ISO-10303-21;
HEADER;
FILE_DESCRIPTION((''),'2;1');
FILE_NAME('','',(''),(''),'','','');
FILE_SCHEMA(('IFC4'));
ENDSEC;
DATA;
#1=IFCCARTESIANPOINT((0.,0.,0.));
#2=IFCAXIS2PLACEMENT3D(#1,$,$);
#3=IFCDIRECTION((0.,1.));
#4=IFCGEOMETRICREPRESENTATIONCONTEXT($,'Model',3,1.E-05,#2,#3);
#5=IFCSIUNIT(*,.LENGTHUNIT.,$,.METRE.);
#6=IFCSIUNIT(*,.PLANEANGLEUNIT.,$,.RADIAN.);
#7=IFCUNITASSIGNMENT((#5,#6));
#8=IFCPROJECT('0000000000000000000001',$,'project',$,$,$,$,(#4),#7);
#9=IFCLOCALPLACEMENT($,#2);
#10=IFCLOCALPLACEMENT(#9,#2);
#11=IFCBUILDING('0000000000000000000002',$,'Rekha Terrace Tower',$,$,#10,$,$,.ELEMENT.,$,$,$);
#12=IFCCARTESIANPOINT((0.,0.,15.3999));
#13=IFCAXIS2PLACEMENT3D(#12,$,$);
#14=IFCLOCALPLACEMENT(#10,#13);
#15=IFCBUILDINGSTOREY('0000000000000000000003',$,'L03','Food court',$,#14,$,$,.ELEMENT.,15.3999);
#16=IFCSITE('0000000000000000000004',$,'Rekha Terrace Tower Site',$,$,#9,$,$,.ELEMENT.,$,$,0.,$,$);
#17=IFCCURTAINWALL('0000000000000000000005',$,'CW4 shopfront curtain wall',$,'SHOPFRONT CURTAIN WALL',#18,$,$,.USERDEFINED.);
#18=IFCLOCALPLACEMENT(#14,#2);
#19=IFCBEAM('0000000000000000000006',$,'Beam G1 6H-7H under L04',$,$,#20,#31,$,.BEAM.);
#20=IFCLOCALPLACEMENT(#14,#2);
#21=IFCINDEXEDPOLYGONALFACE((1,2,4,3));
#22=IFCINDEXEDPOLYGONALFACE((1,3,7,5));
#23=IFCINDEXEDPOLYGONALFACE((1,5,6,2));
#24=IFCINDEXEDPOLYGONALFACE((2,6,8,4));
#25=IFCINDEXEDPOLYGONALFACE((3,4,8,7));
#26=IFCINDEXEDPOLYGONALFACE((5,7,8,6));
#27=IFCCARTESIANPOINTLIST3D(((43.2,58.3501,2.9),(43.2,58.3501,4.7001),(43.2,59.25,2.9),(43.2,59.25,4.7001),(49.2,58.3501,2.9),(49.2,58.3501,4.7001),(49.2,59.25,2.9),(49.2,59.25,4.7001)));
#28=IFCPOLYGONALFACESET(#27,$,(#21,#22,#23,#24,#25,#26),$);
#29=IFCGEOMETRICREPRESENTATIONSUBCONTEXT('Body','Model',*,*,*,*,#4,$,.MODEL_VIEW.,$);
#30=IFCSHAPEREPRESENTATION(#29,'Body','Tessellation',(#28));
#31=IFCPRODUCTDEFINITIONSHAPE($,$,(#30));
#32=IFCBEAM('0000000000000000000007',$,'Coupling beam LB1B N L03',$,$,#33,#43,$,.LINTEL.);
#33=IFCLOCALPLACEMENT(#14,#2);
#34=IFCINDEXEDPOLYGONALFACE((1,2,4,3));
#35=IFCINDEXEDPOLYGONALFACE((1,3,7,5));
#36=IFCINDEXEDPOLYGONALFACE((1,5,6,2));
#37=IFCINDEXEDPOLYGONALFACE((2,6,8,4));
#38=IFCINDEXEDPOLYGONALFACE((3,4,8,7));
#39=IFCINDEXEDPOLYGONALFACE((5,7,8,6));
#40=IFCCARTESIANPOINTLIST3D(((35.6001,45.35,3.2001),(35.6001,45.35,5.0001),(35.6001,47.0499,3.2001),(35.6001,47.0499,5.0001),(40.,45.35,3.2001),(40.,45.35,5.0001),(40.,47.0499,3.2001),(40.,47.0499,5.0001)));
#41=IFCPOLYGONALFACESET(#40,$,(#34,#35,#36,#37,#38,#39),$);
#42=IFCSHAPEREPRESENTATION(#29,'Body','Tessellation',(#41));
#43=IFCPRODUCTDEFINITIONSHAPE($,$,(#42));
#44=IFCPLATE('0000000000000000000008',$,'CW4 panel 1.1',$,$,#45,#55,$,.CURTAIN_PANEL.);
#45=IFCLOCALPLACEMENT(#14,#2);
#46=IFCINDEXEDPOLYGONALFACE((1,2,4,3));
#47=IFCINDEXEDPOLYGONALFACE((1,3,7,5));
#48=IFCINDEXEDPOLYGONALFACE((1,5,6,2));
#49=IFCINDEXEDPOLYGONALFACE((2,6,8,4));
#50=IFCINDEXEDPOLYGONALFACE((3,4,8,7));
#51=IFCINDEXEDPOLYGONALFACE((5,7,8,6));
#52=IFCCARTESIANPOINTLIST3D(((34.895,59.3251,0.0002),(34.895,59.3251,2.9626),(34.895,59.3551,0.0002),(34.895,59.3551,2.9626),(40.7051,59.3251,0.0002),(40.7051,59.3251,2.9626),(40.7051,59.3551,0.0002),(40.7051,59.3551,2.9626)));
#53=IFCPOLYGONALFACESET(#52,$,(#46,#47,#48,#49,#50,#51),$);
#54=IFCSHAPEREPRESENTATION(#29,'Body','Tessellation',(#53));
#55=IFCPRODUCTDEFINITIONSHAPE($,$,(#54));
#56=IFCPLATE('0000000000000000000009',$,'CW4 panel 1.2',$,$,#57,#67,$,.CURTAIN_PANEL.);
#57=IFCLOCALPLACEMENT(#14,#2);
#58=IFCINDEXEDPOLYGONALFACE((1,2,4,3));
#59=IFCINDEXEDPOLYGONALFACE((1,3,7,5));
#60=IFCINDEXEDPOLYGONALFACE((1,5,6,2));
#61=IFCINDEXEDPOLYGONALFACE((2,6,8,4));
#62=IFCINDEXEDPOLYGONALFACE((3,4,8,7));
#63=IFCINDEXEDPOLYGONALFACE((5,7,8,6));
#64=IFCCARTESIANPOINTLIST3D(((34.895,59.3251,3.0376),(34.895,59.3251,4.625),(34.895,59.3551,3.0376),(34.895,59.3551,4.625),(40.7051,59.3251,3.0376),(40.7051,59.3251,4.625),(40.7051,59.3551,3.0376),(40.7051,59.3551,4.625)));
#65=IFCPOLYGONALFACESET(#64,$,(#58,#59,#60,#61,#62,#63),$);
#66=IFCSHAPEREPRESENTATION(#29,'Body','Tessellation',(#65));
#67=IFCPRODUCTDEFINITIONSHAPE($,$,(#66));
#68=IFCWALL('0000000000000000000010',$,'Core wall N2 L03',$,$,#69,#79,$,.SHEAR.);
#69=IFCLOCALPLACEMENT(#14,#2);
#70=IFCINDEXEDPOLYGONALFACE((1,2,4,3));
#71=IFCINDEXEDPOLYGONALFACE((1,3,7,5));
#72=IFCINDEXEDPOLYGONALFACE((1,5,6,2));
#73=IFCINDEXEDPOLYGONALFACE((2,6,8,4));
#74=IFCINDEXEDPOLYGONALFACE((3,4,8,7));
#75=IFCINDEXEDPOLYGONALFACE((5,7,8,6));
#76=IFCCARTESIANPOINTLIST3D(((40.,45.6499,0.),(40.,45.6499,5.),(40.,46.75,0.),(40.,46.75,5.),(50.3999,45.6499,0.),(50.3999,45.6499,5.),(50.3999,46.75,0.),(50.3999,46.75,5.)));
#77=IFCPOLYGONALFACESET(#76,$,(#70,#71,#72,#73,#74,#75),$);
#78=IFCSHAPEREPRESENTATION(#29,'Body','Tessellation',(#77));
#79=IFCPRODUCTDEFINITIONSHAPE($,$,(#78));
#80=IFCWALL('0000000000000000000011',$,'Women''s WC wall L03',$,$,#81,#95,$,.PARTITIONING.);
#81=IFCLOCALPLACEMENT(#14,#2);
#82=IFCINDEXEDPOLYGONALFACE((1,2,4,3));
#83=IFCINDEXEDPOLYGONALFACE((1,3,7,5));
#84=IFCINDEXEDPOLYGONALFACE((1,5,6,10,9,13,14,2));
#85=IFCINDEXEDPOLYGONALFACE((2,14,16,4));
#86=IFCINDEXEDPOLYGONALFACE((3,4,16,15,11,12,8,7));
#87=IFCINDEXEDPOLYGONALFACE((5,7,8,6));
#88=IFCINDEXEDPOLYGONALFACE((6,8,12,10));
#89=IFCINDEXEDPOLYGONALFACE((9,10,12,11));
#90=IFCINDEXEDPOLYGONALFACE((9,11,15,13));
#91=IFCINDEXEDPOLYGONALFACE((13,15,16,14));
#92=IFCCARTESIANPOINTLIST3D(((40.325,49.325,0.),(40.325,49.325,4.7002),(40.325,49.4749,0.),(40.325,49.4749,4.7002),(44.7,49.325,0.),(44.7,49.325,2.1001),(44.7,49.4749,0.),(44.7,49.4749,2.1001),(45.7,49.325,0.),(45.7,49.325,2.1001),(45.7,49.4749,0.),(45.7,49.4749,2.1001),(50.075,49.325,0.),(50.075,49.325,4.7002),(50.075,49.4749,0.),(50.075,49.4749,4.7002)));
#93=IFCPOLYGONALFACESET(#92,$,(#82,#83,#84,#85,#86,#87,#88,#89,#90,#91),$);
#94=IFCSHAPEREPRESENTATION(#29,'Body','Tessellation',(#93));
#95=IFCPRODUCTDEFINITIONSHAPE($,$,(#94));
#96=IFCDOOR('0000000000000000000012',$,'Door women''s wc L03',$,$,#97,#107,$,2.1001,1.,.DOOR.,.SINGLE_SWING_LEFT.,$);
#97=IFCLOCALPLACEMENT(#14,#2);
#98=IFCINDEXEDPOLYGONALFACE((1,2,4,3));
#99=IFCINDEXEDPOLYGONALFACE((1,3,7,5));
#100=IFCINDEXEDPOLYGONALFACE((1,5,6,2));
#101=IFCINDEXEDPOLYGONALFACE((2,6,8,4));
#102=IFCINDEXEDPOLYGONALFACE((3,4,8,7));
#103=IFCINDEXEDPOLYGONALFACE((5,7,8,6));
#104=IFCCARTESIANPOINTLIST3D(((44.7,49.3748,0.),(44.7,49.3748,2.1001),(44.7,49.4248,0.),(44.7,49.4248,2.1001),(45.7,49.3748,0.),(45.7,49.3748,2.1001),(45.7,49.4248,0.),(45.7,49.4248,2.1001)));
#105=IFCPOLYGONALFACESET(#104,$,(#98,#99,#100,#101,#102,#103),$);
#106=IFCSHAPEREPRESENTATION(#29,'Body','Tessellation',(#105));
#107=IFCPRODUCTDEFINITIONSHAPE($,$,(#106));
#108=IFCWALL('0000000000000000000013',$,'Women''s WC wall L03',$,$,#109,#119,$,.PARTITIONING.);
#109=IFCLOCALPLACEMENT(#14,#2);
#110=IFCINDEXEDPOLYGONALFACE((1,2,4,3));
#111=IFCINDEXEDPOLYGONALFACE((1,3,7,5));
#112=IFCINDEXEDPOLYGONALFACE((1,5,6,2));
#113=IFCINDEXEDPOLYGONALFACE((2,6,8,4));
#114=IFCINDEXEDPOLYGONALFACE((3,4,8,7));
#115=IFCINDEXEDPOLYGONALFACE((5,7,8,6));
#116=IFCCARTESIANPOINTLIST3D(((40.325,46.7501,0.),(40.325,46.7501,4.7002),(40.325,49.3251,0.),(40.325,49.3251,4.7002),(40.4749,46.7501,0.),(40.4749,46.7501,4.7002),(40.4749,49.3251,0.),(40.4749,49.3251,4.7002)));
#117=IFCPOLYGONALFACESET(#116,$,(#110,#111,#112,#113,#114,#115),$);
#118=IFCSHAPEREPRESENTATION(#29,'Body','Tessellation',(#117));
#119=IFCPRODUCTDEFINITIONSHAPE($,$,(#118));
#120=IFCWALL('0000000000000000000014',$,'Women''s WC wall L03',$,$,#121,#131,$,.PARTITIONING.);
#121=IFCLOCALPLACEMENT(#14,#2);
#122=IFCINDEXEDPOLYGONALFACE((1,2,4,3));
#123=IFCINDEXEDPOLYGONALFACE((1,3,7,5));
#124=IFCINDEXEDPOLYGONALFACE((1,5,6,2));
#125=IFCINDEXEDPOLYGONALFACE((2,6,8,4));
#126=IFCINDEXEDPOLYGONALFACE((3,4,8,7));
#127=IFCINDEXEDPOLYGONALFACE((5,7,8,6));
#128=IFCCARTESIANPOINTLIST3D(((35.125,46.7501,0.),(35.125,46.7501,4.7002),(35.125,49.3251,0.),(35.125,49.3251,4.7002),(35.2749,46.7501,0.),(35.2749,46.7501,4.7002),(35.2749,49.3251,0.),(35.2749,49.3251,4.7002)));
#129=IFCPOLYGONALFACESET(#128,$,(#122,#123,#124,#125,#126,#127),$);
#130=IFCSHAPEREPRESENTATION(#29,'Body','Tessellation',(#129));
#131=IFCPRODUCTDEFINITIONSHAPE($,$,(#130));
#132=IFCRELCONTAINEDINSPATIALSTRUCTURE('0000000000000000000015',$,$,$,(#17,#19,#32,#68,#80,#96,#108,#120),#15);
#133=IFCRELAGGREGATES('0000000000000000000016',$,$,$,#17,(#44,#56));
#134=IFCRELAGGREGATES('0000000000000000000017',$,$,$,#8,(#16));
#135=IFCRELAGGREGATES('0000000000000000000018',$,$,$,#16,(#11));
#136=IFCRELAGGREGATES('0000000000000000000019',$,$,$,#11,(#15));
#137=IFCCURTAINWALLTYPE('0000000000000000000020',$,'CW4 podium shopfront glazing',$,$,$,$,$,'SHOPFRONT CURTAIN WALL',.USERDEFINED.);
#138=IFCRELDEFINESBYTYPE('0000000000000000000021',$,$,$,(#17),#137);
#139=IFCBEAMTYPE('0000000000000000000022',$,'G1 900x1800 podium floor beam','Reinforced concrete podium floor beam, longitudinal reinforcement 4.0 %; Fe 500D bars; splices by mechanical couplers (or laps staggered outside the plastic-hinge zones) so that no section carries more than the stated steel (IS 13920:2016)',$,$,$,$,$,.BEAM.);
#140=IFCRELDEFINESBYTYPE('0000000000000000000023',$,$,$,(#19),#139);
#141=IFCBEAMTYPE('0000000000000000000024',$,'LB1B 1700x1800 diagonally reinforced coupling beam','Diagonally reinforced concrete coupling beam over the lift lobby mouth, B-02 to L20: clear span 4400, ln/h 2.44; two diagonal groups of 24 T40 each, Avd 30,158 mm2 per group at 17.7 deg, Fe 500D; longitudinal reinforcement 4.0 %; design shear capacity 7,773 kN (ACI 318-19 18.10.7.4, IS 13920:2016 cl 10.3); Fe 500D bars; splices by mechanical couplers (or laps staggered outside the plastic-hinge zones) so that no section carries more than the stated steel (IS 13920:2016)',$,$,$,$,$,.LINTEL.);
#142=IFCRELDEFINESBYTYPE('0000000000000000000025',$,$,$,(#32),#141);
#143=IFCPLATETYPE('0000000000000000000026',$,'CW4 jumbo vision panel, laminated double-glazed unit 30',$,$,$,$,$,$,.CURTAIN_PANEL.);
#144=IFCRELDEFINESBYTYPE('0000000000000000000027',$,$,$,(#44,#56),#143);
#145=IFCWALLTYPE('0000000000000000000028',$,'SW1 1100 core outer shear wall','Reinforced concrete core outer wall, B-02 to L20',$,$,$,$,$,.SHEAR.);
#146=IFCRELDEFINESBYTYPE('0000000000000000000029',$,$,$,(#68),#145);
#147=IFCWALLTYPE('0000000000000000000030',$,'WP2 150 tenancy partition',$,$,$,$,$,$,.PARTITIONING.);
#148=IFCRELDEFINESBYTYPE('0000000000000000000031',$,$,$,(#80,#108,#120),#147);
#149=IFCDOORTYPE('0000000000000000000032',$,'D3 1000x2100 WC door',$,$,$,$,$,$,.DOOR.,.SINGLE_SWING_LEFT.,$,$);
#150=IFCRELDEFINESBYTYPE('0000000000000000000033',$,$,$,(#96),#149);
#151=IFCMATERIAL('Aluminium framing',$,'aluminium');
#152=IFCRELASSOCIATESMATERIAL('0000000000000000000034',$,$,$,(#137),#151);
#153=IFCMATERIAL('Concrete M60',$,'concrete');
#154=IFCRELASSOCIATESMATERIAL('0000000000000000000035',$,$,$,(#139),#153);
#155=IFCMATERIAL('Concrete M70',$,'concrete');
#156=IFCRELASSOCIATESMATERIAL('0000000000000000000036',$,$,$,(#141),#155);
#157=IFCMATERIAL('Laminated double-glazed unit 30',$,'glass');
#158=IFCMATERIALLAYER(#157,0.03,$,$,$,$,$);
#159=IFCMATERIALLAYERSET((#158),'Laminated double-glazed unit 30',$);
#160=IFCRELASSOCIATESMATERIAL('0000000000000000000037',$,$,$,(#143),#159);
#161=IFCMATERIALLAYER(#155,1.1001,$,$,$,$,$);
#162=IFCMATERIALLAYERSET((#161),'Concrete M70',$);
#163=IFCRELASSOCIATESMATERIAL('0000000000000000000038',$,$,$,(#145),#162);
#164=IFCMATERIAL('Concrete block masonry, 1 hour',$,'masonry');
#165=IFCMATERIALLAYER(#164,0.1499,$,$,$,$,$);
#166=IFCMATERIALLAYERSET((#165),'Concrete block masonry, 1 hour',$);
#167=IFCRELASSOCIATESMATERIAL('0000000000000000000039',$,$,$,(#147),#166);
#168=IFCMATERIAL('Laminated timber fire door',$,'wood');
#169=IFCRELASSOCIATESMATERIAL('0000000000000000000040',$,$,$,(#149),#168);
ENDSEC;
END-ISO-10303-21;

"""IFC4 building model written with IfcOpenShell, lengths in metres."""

from ifc_helpers import new_model, si_unit, direction, frame, frame_2d, origin, origin_2d, place, context, subcontext, project, spatial, rectangle, extrude, material, layer, layer_set, material_profile, profile_set, type_object, element, fill, aggregate, save


model = new_model("IFC4")

# Units and contexts
model_context = context("Model", 3, precision=1e-05, world=origin(), true_north=direction((0.0, 1.0)))
body_context = subcontext(model_context, "Body", "Model", "MODEL_VIEW")
ifc_project = project(units=[si_unit("LENGTHUNIT", "METRE"), si_unit("PLANEANGLEUNIT", "RADIAN")], contexts=[model_context])

# Site, building, storey
site_placement = place(None, origin())
site = spatial("IfcSite", under=ifc_project, at=site_placement, Name="Rekha Terrace Tower Site", CompositionType="ELEMENT", RefElevation=0.0)
building_placement = place(site_placement, origin())
building = spatial("IfcBuilding", under=site, at=building_placement, Name="Rekha Terrace Tower", CompositionType="ELEMENT")
storey_placement = place(building_placement, frame((0.0, 0.0, 15.3999)))
storey = spatial("IfcBuildingStorey", under=building, at=storey_placement, Name="L03", Description="Food court", CompositionType="ELEMENT", Elevation=15.3999)

# Shared definitions
ifc_material_1 = material(Name="Concrete M70", Category="concrete")

# Shared definitions
ifc_material_2 = material(Name="Aluminium framing", Category="aluminium")
curtain_wall_type = type_object("IfcCurtainWallType", Name="CW4 podium shopfront glazing", ElementType="SHOPFRONT CURTAIN WALL", PredefinedType="USERDEFINED", material=ifc_material_2)

# Curtain wall
curtain_wall_1_placement = place(storey_placement, origin())
curtain_wall_1 = element("IfcCurtainWall", 1, at=curtain_wall_1_placement, inside=storey, type_object=curtain_wall_type, Name="CW4 shopfront curtain wall", ObjectType="SHOPFRONT CURTAIN WALL", PredefinedType="USERDEFINED")

# Beams
ifc_material_3 = material(Name="Concrete M60", Category="concrete")
ifc_material_profile_1 = material_profile(ifc_material_3, rectangle(XDim=0.8999, YDim=1.8, at=origin_2d()), Name="RC 900x1800")
ifc_profile_set_1 = profile_set([ifc_material_profile_1], Name="Concrete M60")
beam_type_1 = type_object("IfcBeamType", Name="G1 900x1800 podium floor beam", Description="Reinforced concrete podium floor beam, longitudinal reinforcement 4.0 %; Fe 500D bars; splices by mechanical couplers (or laps staggered outside the plastic-hinge zones) so that no section carries more than the stated steel (IS 13920:2016)", PredefinedType="BEAM", material=ifc_profile_set_1)
for number, where, z_axis, x_axis, name in (
    (2, (43.2, 58.8, 3.8), (1.0, 0.0, 0.0), (0.0, 1.0, 0.0), "Beam G1 6H-7H under L04"),
):
    element("IfcBeam", number, at=place(storey_placement, frame(where, z_axis=z_axis, x_axis=x_axis)), inside=storey, type_object=beam_type_1, Name=name, PredefinedType="BEAM", context=body_context, shape_type="SweptSolid", body=[
        extrude(rectangle(XDim=0.8999, YDim=1.8, at=origin_2d()), origin(), (0.0, 0.0, 1.0), 6.0),
    ])
ifc_material_profile_2 = material_profile(ifc_material_1, rectangle(XDim=1.7, YDim=1.8, at=origin_2d()), Name="RC 1700x1800")
ifc_profile_set_2 = profile_set([ifc_material_profile_2], Name="Concrete M70")
beam_type_2 = type_object("IfcBeamType", Name="LB1B 1700x1800 diagonally reinforced coupling beam", Description="Diagonally reinforced concrete coupling beam over the lift lobby mouth, B-02 to L20: clear span 4400, ln/h 2.44; two diagonal groups of 24 T40 each, Avd 30,158 mm2 per group at 17.7 deg, Fe 500D; longitudinal reinforcement 4.0 %; design shear capacity 7,773 kN (ACI 318-19 18.10.7.4, IS 13920:2016 cl 10.3); Fe 500D bars; splices by mechanical couplers (or laps staggered outside the plastic-hinge zones) so that no section carries more than the stated steel (IS 13920:2016)", PredefinedType="LINTEL", material=ifc_profile_set_2)
beam_placement = place(storey_placement, frame((35.6001, 46.2, 4.1001), z_axis=(1.0, 0.0, 0.0), x_axis=(0.0, 1.0, 0.0)))
element("IfcBeam", 3, at=beam_placement, inside=storey, type_object=beam_type_2, Name="Coupling beam LB1B N L03", PredefinedType="LINTEL", context=body_context, shape_type="SweptSolid", body=[
    extrude(rectangle(XDim=1.7, YDim=1.8, at=origin_2d()), origin(), (0.0, 0.0, 1.0), 4.3999),
])

# Plates
ifc_material_4 = material(Name="Laminated double-glazed unit 30", Category="glass")
ifc_layer_1 = layer(ifc_material_4, 0.03)
ifc_layer_set_1 = layer_set([ifc_layer_1], Name="Laminated double-glazed unit 30")
plate_type = type_object("IfcPlateType", Name="CW4 jumbo vision panel, laminated double-glazed unit 30", PredefinedType="CURTAIN_PANEL", material=ifc_layer_set_1)
plate_1_placement = place(storey_placement, frame((37.8, 59.3401, 0.0002), z_axis=(0.0, 0.0, 1.0), x_axis=(-1.0, 0.0, 0.0)))
plate_1 = element("IfcPlate", 4, at=plate_1_placement, type_object=plate_type, Name="CW4 panel 1.1", PredefinedType="CURTAIN_PANEL", context=body_context, shape_type="SweptSolid", body=[
    extrude(rectangle(XDim=5.8101, YDim=0.03, at=origin_2d()), origin(), (0.0, 0.0, 1.0), 2.9624),
])
plate_2_placement = place(storey_placement, frame((37.8, 59.3401, 3.0376), z_axis=(0.0, 0.0, 1.0), x_axis=(-1.0, 0.0, 0.0)))
plate_2 = element("IfcPlate", 5, at=plate_2_placement, type_object=plate_type, Name="CW4 panel 1.2", PredefinedType="CURTAIN_PANEL", context=body_context, shape_type="SweptSolid", body=[
    extrude(rectangle(XDim=5.8101, YDim=0.03, at=origin_2d()), origin(), (0.0, 0.0, 1.0), 1.5874),
])
aggregate(curtain_wall_1, [plate_1, plate_2])

# Wall
ifc_layer_2 = layer(ifc_material_1, 1.1001)
ifc_layer_set_2 = layer_set([ifc_layer_2], Name="Concrete M70")
wall_type_1 = type_object("IfcWallType", Name="SW1 1100 core outer shear wall", Description="Reinforced concrete core outer wall, B-02 to L20", PredefinedType="SHEAR", material=ifc_layer_set_2)
wall_1_placement = place(storey_placement, frame((40.0, 46.2, 0.0), z_axis=(0.0, 0.0, 1.0), x_axis=(1.0, 0.0, 0.0)))
element("IfcWall", 6, at=wall_1_placement, inside=storey, type_object=wall_type_1, Name="Core wall N2 L03", PredefinedType="SHEAR", context=body_context, shape_type="SweptSolid", body=[
    extrude(rectangle(XDim=10.3999, YDim=1.1001, at=frame_2d((5.2, 0.0))), origin(), (0.0, 0.0, 1.0), 5.0),
])

# Wall, opening, door
ifc_material_5 = material(Name="Concrete block masonry, 1 hour", Category="masonry")
ifc_layer_3 = layer(ifc_material_5, 0.1499)
ifc_layer_set_3 = layer_set([ifc_layer_3], Name="Concrete block masonry, 1 hour")
wall_type_2 = type_object("IfcWallType", Name="WP2 150 tenancy partition", PredefinedType="PARTITIONING", material=ifc_layer_set_3)
wall_2_placement = place(storey_placement, frame((40.325, 49.3999, 0.0), z_axis=(0.0, 0.0, 1.0), x_axis=(1.0, 0.0, 0.0)))
wall_2 = element("IfcWall", 7, at=wall_2_placement, inside=storey, type_object=wall_type_2, Name="Women's WC wall L03", PredefinedType="PARTITIONING", context=body_context, shape_type="SweptSolid", body=[
    extrude(rectangle(XDim=9.75, YDim=0.1499, at=frame_2d((4.875, 0.0))), origin(), (0.0, 0.0, 1.0), 4.7002),
])
opening_placement = place(wall_2_placement, frame((4.375, 0.0, 0.0)))
opening = element("IfcOpeningElement", 8, at=opening_placement, cuts=wall_2, PredefinedType="OPENING", context=body_context, shape_type="SweptSolid", body=[
    extrude(rectangle(XDim=1.0, YDim=2.1001, at=frame_2d((0.5, 1.05))), frame((0.0, 0.085, 0.0), z_axis=(0.0, -1.0, 0.0), x_axis=(1.0, 0.0, 0.0)), (0.0, 0.0, 1.0), 0.1699),
])
ifc_material_6 = material(Name="Laminated timber fire door", Category="wood")
door_type = type_object("IfcDoorType", Name="D3 1000x2100 WC door", OperationType="SINGLE_SWING_LEFT", PredefinedType="DOOR", material=ifc_material_6)
door_placement = place(opening_placement, origin())
door = element("IfcDoor", 9, at=door_placement, inside=storey, type_object=door_type, Name="Door women's wc L03", OperationType="SINGLE_SWING_LEFT", OverallHeight=2.1001, OverallWidth=1.0, PredefinedType="DOOR", context=body_context, shape_type="SweptSolid", body=[
    extrude(rectangle(XDim=1.0, YDim=2.1001, at=frame_2d((0.5, 1.05))), frame((0.0, 0.0249, 0.0), z_axis=(0.0, -1.0, 0.0), x_axis=(1.0, 0.0, 0.0)), (0.0, 0.0, 1.0), 0.05),
])
fill(opening, door)

# Walls
for number, where, z_axis, x_axis, name in (
    (10, (40.3999, 46.75, 0.0), (0.0, 0.0, 1.0), (0.0, 1.0, 0.0), "Women's WC wall L03"),
    (11, (35.2, 46.75, 0.0), (0.0, 0.0, 1.0), (0.0, 1.0, 0.0), "Women's WC wall L03"),
):
    element("IfcWall", number, at=place(storey_placement, frame(where, z_axis=z_axis, x_axis=x_axis)), inside=storey, type_object=wall_type_2, Name=name, PredefinedType="PARTITIONING", context=body_context, shape_type="SweptSolid", body=[
        extrude(rectangle(XDim=2.575, YDim=0.1499, at=frame_2d((1.2876, 0.0))), origin(), (0.0, 0.0, 1.0), 4.7002),
    ])

save(model, "model.ifc")
